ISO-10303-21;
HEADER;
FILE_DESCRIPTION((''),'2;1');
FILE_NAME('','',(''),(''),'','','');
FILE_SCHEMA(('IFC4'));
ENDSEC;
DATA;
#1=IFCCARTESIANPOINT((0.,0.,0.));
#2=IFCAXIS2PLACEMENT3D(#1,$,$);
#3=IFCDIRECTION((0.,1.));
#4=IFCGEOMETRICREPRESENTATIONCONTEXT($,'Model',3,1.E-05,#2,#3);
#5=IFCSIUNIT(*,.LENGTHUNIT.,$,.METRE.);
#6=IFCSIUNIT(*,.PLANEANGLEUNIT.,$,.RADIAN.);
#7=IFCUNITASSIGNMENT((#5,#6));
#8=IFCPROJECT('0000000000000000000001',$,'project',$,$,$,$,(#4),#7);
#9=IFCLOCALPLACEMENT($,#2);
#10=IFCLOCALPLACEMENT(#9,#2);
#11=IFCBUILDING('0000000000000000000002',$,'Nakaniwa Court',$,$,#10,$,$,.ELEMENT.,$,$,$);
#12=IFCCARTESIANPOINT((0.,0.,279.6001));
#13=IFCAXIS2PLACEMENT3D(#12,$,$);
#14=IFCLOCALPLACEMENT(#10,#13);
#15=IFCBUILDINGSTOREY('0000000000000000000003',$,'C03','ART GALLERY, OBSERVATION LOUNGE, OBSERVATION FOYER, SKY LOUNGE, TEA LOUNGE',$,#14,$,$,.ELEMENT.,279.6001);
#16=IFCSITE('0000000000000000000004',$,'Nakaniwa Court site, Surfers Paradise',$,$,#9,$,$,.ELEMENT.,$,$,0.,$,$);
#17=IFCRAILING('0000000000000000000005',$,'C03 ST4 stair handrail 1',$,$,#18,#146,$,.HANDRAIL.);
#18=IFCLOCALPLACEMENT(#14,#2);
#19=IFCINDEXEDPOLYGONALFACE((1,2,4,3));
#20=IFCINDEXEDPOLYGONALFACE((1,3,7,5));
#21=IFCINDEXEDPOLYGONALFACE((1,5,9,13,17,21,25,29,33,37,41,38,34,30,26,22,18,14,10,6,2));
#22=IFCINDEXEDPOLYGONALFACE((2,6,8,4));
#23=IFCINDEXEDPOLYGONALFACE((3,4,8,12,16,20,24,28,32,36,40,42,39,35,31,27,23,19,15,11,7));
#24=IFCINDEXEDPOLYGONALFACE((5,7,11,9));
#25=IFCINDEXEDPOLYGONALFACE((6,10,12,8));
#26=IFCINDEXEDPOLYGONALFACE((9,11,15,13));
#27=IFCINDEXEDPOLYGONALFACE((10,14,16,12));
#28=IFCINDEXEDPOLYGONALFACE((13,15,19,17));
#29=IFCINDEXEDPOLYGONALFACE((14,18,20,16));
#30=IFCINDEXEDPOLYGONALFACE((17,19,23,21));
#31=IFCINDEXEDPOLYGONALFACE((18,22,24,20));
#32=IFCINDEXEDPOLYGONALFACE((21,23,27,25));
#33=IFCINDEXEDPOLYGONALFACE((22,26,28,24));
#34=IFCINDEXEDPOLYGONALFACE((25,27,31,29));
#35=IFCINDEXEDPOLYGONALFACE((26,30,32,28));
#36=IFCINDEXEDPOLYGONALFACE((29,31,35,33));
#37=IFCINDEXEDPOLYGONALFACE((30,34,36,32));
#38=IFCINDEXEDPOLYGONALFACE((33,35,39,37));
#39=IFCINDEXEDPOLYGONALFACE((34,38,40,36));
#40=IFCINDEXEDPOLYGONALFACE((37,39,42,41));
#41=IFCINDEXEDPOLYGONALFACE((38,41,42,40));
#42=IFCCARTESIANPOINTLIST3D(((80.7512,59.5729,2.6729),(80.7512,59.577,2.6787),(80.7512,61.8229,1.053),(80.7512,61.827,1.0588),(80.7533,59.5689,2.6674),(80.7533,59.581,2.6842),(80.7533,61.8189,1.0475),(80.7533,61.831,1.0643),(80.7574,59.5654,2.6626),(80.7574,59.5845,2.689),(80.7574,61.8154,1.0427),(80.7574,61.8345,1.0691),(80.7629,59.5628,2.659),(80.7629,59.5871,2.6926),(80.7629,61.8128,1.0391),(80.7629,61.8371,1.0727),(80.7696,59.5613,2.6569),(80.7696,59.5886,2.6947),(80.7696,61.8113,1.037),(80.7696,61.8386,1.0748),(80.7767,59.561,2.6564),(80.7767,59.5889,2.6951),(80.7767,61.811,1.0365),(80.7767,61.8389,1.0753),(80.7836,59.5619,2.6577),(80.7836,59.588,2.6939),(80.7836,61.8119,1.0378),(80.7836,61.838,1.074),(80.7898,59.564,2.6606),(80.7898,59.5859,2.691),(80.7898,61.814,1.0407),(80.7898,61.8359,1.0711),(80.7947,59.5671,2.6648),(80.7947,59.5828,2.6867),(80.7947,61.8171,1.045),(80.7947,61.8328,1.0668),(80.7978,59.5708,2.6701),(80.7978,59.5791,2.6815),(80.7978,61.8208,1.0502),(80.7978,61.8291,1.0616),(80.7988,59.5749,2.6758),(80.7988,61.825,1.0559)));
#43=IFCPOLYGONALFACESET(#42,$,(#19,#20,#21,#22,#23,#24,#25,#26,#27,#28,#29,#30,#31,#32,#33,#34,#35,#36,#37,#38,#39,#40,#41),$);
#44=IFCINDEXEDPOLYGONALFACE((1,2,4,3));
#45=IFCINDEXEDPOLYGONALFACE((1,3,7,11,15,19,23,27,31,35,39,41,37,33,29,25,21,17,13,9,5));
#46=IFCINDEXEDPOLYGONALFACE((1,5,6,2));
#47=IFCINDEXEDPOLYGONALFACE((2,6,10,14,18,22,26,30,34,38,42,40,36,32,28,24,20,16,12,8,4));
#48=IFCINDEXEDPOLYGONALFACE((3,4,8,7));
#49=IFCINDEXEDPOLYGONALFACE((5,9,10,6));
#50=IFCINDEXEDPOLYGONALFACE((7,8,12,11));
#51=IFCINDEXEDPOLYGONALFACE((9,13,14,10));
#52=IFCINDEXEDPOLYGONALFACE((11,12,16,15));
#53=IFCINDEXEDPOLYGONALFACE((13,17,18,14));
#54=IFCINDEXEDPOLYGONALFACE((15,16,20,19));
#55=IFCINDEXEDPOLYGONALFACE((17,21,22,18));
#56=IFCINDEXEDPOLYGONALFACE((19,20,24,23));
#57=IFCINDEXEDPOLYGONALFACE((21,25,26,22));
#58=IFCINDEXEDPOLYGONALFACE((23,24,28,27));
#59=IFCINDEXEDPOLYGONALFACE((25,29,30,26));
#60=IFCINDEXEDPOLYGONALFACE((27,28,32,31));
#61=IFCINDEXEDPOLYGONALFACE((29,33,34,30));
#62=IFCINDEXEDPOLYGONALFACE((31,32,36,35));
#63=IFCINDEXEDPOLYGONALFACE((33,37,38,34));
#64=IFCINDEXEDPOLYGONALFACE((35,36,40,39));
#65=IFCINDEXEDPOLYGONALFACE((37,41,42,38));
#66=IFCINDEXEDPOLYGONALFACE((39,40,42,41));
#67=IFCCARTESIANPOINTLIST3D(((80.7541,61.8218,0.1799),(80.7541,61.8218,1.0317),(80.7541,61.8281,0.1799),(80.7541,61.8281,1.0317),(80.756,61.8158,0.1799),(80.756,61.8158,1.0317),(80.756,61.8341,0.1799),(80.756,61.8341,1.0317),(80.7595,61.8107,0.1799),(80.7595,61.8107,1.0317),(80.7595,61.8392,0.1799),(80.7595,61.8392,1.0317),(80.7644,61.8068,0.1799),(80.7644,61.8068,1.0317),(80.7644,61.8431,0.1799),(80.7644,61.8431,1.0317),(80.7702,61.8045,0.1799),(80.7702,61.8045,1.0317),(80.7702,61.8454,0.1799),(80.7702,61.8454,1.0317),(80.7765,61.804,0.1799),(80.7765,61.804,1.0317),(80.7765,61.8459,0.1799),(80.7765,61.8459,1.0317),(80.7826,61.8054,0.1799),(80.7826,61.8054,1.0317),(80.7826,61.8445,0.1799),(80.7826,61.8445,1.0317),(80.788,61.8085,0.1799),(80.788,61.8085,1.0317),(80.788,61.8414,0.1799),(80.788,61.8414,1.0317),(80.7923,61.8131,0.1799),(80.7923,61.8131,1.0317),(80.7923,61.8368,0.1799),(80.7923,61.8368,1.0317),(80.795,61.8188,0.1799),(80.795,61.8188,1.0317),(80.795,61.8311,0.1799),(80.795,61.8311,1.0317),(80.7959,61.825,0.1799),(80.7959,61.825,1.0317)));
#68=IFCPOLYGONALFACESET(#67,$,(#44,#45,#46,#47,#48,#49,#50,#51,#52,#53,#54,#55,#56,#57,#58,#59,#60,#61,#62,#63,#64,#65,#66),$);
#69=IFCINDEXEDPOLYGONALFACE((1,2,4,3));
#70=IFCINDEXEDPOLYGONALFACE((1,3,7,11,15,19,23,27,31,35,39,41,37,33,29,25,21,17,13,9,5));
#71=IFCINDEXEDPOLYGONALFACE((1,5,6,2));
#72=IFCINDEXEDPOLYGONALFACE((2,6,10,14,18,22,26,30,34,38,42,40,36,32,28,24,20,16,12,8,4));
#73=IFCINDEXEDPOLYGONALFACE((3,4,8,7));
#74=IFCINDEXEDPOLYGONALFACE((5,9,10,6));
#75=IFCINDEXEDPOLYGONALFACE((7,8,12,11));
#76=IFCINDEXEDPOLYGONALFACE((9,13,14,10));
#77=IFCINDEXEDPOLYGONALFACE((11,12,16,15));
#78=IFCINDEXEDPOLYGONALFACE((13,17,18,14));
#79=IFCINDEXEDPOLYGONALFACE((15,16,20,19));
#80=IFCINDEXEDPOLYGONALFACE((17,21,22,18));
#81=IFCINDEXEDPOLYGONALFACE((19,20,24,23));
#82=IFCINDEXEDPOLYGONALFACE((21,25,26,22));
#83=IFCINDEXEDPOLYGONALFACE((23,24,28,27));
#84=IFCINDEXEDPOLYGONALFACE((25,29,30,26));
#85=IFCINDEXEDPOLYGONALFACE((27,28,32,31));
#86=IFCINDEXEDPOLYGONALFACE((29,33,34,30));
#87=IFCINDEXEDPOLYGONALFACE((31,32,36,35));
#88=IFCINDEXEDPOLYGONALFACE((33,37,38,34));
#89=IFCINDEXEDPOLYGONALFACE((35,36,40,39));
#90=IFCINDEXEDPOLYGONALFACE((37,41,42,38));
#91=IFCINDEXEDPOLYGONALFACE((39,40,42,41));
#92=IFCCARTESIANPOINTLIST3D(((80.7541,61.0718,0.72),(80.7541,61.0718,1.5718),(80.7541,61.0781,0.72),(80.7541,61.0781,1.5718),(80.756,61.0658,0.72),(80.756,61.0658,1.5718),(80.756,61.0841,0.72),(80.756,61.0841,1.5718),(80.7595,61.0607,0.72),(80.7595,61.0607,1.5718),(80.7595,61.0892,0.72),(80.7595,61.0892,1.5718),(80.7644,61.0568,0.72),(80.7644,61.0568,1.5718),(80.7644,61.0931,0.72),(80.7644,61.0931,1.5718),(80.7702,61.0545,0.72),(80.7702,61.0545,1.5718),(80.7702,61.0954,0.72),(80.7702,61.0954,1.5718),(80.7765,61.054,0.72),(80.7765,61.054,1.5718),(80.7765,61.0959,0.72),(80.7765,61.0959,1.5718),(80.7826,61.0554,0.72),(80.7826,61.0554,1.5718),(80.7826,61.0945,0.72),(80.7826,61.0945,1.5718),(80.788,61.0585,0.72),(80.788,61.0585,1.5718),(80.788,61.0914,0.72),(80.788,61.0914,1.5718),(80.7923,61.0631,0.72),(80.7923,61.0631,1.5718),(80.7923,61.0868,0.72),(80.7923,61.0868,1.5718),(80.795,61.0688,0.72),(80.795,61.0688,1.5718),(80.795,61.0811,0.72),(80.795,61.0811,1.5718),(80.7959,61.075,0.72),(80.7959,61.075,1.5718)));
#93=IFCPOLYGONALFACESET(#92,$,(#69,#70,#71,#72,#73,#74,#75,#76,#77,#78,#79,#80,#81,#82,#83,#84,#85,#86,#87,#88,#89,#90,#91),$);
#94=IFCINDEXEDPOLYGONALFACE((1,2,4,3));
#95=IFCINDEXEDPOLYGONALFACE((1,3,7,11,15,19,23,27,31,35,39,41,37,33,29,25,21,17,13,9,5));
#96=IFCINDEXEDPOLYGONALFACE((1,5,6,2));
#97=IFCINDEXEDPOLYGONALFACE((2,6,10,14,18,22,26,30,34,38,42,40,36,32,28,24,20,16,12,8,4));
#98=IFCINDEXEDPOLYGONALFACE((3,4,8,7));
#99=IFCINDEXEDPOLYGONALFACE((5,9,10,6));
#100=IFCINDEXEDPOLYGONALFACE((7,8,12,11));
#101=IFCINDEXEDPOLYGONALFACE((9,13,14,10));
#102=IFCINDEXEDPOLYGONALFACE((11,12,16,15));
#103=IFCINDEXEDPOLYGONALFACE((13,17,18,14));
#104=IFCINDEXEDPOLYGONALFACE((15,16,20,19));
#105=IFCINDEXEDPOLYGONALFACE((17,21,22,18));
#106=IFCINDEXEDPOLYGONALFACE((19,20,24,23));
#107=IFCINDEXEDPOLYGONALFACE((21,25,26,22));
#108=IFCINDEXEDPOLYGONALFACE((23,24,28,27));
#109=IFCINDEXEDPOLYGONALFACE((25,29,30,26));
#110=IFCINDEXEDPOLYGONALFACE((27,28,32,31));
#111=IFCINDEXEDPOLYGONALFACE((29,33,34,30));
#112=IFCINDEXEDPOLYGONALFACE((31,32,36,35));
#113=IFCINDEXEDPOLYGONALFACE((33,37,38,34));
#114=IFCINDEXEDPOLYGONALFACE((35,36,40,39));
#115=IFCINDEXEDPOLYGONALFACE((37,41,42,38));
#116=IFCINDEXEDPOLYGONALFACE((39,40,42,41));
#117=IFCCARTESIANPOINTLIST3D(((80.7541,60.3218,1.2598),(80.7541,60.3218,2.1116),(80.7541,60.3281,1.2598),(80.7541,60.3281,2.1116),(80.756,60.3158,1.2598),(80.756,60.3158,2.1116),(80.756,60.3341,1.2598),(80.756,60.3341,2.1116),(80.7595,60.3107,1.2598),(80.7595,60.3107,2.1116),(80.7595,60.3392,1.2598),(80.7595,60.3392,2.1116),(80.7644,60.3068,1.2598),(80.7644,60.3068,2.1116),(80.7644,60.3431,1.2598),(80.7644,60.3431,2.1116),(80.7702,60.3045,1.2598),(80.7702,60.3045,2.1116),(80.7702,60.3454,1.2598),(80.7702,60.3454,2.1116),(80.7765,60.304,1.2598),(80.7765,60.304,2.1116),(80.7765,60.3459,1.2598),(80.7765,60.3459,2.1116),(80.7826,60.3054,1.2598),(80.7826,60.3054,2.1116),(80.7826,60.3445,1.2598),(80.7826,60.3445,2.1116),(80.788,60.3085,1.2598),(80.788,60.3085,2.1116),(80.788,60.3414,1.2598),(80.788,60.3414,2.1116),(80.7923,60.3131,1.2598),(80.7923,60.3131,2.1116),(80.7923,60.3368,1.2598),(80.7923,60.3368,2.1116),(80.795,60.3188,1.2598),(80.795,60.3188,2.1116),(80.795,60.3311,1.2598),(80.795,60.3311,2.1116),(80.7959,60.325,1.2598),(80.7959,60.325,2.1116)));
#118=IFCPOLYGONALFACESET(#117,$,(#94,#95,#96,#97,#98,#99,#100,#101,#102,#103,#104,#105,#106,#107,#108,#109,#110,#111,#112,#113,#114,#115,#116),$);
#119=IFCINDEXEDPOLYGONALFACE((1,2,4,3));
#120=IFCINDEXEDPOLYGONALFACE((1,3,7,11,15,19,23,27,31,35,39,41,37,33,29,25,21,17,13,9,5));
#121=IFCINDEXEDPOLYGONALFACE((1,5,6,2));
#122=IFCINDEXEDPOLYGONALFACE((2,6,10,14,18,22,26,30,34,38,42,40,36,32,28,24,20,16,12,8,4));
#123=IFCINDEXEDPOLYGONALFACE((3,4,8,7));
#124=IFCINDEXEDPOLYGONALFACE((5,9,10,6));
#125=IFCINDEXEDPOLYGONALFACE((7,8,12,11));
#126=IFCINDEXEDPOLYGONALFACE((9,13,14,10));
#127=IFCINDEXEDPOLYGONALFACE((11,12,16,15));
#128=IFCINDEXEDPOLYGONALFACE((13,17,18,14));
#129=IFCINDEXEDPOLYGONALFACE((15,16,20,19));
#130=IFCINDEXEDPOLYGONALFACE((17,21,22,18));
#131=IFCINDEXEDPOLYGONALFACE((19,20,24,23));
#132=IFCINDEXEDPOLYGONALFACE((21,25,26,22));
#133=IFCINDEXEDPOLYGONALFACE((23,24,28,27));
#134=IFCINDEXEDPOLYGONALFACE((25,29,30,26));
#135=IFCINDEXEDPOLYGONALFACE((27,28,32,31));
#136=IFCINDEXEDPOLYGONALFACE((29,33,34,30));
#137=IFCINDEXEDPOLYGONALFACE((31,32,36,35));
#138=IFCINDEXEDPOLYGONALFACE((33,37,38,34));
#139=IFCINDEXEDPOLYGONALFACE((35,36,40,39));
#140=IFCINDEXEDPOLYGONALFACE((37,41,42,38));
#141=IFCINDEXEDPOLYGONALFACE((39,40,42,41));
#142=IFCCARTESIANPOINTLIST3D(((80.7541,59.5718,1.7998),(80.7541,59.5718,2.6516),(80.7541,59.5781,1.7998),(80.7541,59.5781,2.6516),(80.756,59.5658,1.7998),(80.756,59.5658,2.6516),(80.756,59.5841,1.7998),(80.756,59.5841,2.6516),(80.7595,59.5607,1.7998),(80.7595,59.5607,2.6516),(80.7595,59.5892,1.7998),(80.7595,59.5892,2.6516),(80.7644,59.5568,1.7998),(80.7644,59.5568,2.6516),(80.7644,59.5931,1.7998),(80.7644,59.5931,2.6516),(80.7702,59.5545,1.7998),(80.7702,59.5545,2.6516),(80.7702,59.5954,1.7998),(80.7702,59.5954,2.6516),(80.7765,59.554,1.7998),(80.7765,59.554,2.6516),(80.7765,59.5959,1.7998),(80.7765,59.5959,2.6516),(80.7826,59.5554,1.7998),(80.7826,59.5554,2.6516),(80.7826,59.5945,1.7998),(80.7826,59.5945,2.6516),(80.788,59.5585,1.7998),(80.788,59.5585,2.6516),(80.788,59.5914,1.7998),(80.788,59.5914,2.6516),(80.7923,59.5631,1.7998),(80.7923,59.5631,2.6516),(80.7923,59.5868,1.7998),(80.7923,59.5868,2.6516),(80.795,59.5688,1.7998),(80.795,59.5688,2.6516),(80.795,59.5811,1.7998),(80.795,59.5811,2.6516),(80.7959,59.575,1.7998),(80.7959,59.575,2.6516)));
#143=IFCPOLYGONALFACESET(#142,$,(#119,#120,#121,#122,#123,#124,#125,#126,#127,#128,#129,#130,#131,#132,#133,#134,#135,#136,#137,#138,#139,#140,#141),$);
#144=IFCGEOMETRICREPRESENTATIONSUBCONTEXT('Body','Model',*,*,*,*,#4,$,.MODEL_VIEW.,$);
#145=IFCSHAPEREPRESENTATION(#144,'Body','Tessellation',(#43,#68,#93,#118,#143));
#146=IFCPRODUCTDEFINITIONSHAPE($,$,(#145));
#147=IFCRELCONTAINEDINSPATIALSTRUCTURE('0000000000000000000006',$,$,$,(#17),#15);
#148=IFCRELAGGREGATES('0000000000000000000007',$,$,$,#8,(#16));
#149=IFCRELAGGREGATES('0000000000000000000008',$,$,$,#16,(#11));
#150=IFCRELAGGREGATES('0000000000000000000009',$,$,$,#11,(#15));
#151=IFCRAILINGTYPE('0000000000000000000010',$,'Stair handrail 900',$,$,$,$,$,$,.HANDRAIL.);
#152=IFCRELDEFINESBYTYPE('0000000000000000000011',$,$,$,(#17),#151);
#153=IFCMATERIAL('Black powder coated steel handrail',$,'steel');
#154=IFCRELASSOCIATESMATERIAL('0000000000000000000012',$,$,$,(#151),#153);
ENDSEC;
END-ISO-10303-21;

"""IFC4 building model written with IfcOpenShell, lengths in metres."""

from ifc_helpers import new_model, si_unit, direction, frame, origin, origin_2d, place, context, subcontext, project, spatial, circle, extrude, material, type_object, element, save


model = new_model("IFC4")

# Units and contexts
model_context = context("Model", 3, precision=1e-05, world=origin(), true_north=direction((0.0, 1.0)))
body_context = subcontext(model_context, "Body", "Model", "MODEL_VIEW")
ifc_project = project(units=[si_unit("LENGTHUNIT", "METRE"), si_unit("PLANEANGLEUNIT", "RADIAN")], contexts=[model_context])

# Site, building, storey
site_placement = place(None, origin())
site = spatial("IfcSite", under=ifc_project, at=site_placement, Name="Nakaniwa Court site, Surfers Paradise", CompositionType="ELEMENT", RefElevation=0.0)
building_placement = place(site_placement, origin())
building = spatial("IfcBuilding", under=site, at=building_placement, Name="Nakaniwa Court", CompositionType="ELEMENT")
storey_placement = place(building_placement, frame((0.0, 0.0, 279.6001)))
storey = spatial("IfcBuildingStorey", under=building, at=storey_placement, Name="C03", Description="ART GALLERY, OBSERVATION LOUNGE, OBSERVATION FOYER, SKY LOUNGE, TEA LOUNGE", CompositionType="ELEMENT", Elevation=279.6001)

# Railing
ifc_material_1 = material(Name="Black powder coated steel handrail", Category="steel")
railing_type_1 = type_object("IfcRailingType", Name="Stair handrail 900", PredefinedType="HANDRAIL", material=ifc_material_1)
railing_1_placement = place(storey_placement, frame((80.7749, 61.825, 0.1799)))
element("IfcRailing", 1, at=railing_1_placement, inside=storey, type_object=railing_type_1, Name="C03 ST4 stair handrail 1", PredefinedType="HANDRAIL", context=body_context, shape_type="SweptSolid", body=[
    extrude(circle(Radius=0.0239, at=origin_2d()), frame((0.0, 0.0, 0.876), z_axis=(0.0, -0.811556, 0.584275), x_axis=(1.0, 0.0, 0.0)), (0.0, 0.0, 1.0), 2.7725),
    extrude(circle(Radius=0.021, at=origin_2d()), origin(), (0.0, 0.0, 1.0), 0.8518),
    extrude(circle(Radius=0.021, at=origin_2d()), frame((0.0, -0.75, 0.54)), (0.0, 0.0, 1.0), 0.8518),
    extrude(circle(Radius=0.021, at=origin_2d()), frame((0.0, -1.5, 1.0798)), (0.0, 0.0, 1.0), 0.8518),
    extrude(circle(Radius=0.021, at=origin_2d()), frame((0.0, -2.25, 1.6199)), (0.0, 0.0, 1.0), 0.8518),
])

save(model, "model.ifc")
